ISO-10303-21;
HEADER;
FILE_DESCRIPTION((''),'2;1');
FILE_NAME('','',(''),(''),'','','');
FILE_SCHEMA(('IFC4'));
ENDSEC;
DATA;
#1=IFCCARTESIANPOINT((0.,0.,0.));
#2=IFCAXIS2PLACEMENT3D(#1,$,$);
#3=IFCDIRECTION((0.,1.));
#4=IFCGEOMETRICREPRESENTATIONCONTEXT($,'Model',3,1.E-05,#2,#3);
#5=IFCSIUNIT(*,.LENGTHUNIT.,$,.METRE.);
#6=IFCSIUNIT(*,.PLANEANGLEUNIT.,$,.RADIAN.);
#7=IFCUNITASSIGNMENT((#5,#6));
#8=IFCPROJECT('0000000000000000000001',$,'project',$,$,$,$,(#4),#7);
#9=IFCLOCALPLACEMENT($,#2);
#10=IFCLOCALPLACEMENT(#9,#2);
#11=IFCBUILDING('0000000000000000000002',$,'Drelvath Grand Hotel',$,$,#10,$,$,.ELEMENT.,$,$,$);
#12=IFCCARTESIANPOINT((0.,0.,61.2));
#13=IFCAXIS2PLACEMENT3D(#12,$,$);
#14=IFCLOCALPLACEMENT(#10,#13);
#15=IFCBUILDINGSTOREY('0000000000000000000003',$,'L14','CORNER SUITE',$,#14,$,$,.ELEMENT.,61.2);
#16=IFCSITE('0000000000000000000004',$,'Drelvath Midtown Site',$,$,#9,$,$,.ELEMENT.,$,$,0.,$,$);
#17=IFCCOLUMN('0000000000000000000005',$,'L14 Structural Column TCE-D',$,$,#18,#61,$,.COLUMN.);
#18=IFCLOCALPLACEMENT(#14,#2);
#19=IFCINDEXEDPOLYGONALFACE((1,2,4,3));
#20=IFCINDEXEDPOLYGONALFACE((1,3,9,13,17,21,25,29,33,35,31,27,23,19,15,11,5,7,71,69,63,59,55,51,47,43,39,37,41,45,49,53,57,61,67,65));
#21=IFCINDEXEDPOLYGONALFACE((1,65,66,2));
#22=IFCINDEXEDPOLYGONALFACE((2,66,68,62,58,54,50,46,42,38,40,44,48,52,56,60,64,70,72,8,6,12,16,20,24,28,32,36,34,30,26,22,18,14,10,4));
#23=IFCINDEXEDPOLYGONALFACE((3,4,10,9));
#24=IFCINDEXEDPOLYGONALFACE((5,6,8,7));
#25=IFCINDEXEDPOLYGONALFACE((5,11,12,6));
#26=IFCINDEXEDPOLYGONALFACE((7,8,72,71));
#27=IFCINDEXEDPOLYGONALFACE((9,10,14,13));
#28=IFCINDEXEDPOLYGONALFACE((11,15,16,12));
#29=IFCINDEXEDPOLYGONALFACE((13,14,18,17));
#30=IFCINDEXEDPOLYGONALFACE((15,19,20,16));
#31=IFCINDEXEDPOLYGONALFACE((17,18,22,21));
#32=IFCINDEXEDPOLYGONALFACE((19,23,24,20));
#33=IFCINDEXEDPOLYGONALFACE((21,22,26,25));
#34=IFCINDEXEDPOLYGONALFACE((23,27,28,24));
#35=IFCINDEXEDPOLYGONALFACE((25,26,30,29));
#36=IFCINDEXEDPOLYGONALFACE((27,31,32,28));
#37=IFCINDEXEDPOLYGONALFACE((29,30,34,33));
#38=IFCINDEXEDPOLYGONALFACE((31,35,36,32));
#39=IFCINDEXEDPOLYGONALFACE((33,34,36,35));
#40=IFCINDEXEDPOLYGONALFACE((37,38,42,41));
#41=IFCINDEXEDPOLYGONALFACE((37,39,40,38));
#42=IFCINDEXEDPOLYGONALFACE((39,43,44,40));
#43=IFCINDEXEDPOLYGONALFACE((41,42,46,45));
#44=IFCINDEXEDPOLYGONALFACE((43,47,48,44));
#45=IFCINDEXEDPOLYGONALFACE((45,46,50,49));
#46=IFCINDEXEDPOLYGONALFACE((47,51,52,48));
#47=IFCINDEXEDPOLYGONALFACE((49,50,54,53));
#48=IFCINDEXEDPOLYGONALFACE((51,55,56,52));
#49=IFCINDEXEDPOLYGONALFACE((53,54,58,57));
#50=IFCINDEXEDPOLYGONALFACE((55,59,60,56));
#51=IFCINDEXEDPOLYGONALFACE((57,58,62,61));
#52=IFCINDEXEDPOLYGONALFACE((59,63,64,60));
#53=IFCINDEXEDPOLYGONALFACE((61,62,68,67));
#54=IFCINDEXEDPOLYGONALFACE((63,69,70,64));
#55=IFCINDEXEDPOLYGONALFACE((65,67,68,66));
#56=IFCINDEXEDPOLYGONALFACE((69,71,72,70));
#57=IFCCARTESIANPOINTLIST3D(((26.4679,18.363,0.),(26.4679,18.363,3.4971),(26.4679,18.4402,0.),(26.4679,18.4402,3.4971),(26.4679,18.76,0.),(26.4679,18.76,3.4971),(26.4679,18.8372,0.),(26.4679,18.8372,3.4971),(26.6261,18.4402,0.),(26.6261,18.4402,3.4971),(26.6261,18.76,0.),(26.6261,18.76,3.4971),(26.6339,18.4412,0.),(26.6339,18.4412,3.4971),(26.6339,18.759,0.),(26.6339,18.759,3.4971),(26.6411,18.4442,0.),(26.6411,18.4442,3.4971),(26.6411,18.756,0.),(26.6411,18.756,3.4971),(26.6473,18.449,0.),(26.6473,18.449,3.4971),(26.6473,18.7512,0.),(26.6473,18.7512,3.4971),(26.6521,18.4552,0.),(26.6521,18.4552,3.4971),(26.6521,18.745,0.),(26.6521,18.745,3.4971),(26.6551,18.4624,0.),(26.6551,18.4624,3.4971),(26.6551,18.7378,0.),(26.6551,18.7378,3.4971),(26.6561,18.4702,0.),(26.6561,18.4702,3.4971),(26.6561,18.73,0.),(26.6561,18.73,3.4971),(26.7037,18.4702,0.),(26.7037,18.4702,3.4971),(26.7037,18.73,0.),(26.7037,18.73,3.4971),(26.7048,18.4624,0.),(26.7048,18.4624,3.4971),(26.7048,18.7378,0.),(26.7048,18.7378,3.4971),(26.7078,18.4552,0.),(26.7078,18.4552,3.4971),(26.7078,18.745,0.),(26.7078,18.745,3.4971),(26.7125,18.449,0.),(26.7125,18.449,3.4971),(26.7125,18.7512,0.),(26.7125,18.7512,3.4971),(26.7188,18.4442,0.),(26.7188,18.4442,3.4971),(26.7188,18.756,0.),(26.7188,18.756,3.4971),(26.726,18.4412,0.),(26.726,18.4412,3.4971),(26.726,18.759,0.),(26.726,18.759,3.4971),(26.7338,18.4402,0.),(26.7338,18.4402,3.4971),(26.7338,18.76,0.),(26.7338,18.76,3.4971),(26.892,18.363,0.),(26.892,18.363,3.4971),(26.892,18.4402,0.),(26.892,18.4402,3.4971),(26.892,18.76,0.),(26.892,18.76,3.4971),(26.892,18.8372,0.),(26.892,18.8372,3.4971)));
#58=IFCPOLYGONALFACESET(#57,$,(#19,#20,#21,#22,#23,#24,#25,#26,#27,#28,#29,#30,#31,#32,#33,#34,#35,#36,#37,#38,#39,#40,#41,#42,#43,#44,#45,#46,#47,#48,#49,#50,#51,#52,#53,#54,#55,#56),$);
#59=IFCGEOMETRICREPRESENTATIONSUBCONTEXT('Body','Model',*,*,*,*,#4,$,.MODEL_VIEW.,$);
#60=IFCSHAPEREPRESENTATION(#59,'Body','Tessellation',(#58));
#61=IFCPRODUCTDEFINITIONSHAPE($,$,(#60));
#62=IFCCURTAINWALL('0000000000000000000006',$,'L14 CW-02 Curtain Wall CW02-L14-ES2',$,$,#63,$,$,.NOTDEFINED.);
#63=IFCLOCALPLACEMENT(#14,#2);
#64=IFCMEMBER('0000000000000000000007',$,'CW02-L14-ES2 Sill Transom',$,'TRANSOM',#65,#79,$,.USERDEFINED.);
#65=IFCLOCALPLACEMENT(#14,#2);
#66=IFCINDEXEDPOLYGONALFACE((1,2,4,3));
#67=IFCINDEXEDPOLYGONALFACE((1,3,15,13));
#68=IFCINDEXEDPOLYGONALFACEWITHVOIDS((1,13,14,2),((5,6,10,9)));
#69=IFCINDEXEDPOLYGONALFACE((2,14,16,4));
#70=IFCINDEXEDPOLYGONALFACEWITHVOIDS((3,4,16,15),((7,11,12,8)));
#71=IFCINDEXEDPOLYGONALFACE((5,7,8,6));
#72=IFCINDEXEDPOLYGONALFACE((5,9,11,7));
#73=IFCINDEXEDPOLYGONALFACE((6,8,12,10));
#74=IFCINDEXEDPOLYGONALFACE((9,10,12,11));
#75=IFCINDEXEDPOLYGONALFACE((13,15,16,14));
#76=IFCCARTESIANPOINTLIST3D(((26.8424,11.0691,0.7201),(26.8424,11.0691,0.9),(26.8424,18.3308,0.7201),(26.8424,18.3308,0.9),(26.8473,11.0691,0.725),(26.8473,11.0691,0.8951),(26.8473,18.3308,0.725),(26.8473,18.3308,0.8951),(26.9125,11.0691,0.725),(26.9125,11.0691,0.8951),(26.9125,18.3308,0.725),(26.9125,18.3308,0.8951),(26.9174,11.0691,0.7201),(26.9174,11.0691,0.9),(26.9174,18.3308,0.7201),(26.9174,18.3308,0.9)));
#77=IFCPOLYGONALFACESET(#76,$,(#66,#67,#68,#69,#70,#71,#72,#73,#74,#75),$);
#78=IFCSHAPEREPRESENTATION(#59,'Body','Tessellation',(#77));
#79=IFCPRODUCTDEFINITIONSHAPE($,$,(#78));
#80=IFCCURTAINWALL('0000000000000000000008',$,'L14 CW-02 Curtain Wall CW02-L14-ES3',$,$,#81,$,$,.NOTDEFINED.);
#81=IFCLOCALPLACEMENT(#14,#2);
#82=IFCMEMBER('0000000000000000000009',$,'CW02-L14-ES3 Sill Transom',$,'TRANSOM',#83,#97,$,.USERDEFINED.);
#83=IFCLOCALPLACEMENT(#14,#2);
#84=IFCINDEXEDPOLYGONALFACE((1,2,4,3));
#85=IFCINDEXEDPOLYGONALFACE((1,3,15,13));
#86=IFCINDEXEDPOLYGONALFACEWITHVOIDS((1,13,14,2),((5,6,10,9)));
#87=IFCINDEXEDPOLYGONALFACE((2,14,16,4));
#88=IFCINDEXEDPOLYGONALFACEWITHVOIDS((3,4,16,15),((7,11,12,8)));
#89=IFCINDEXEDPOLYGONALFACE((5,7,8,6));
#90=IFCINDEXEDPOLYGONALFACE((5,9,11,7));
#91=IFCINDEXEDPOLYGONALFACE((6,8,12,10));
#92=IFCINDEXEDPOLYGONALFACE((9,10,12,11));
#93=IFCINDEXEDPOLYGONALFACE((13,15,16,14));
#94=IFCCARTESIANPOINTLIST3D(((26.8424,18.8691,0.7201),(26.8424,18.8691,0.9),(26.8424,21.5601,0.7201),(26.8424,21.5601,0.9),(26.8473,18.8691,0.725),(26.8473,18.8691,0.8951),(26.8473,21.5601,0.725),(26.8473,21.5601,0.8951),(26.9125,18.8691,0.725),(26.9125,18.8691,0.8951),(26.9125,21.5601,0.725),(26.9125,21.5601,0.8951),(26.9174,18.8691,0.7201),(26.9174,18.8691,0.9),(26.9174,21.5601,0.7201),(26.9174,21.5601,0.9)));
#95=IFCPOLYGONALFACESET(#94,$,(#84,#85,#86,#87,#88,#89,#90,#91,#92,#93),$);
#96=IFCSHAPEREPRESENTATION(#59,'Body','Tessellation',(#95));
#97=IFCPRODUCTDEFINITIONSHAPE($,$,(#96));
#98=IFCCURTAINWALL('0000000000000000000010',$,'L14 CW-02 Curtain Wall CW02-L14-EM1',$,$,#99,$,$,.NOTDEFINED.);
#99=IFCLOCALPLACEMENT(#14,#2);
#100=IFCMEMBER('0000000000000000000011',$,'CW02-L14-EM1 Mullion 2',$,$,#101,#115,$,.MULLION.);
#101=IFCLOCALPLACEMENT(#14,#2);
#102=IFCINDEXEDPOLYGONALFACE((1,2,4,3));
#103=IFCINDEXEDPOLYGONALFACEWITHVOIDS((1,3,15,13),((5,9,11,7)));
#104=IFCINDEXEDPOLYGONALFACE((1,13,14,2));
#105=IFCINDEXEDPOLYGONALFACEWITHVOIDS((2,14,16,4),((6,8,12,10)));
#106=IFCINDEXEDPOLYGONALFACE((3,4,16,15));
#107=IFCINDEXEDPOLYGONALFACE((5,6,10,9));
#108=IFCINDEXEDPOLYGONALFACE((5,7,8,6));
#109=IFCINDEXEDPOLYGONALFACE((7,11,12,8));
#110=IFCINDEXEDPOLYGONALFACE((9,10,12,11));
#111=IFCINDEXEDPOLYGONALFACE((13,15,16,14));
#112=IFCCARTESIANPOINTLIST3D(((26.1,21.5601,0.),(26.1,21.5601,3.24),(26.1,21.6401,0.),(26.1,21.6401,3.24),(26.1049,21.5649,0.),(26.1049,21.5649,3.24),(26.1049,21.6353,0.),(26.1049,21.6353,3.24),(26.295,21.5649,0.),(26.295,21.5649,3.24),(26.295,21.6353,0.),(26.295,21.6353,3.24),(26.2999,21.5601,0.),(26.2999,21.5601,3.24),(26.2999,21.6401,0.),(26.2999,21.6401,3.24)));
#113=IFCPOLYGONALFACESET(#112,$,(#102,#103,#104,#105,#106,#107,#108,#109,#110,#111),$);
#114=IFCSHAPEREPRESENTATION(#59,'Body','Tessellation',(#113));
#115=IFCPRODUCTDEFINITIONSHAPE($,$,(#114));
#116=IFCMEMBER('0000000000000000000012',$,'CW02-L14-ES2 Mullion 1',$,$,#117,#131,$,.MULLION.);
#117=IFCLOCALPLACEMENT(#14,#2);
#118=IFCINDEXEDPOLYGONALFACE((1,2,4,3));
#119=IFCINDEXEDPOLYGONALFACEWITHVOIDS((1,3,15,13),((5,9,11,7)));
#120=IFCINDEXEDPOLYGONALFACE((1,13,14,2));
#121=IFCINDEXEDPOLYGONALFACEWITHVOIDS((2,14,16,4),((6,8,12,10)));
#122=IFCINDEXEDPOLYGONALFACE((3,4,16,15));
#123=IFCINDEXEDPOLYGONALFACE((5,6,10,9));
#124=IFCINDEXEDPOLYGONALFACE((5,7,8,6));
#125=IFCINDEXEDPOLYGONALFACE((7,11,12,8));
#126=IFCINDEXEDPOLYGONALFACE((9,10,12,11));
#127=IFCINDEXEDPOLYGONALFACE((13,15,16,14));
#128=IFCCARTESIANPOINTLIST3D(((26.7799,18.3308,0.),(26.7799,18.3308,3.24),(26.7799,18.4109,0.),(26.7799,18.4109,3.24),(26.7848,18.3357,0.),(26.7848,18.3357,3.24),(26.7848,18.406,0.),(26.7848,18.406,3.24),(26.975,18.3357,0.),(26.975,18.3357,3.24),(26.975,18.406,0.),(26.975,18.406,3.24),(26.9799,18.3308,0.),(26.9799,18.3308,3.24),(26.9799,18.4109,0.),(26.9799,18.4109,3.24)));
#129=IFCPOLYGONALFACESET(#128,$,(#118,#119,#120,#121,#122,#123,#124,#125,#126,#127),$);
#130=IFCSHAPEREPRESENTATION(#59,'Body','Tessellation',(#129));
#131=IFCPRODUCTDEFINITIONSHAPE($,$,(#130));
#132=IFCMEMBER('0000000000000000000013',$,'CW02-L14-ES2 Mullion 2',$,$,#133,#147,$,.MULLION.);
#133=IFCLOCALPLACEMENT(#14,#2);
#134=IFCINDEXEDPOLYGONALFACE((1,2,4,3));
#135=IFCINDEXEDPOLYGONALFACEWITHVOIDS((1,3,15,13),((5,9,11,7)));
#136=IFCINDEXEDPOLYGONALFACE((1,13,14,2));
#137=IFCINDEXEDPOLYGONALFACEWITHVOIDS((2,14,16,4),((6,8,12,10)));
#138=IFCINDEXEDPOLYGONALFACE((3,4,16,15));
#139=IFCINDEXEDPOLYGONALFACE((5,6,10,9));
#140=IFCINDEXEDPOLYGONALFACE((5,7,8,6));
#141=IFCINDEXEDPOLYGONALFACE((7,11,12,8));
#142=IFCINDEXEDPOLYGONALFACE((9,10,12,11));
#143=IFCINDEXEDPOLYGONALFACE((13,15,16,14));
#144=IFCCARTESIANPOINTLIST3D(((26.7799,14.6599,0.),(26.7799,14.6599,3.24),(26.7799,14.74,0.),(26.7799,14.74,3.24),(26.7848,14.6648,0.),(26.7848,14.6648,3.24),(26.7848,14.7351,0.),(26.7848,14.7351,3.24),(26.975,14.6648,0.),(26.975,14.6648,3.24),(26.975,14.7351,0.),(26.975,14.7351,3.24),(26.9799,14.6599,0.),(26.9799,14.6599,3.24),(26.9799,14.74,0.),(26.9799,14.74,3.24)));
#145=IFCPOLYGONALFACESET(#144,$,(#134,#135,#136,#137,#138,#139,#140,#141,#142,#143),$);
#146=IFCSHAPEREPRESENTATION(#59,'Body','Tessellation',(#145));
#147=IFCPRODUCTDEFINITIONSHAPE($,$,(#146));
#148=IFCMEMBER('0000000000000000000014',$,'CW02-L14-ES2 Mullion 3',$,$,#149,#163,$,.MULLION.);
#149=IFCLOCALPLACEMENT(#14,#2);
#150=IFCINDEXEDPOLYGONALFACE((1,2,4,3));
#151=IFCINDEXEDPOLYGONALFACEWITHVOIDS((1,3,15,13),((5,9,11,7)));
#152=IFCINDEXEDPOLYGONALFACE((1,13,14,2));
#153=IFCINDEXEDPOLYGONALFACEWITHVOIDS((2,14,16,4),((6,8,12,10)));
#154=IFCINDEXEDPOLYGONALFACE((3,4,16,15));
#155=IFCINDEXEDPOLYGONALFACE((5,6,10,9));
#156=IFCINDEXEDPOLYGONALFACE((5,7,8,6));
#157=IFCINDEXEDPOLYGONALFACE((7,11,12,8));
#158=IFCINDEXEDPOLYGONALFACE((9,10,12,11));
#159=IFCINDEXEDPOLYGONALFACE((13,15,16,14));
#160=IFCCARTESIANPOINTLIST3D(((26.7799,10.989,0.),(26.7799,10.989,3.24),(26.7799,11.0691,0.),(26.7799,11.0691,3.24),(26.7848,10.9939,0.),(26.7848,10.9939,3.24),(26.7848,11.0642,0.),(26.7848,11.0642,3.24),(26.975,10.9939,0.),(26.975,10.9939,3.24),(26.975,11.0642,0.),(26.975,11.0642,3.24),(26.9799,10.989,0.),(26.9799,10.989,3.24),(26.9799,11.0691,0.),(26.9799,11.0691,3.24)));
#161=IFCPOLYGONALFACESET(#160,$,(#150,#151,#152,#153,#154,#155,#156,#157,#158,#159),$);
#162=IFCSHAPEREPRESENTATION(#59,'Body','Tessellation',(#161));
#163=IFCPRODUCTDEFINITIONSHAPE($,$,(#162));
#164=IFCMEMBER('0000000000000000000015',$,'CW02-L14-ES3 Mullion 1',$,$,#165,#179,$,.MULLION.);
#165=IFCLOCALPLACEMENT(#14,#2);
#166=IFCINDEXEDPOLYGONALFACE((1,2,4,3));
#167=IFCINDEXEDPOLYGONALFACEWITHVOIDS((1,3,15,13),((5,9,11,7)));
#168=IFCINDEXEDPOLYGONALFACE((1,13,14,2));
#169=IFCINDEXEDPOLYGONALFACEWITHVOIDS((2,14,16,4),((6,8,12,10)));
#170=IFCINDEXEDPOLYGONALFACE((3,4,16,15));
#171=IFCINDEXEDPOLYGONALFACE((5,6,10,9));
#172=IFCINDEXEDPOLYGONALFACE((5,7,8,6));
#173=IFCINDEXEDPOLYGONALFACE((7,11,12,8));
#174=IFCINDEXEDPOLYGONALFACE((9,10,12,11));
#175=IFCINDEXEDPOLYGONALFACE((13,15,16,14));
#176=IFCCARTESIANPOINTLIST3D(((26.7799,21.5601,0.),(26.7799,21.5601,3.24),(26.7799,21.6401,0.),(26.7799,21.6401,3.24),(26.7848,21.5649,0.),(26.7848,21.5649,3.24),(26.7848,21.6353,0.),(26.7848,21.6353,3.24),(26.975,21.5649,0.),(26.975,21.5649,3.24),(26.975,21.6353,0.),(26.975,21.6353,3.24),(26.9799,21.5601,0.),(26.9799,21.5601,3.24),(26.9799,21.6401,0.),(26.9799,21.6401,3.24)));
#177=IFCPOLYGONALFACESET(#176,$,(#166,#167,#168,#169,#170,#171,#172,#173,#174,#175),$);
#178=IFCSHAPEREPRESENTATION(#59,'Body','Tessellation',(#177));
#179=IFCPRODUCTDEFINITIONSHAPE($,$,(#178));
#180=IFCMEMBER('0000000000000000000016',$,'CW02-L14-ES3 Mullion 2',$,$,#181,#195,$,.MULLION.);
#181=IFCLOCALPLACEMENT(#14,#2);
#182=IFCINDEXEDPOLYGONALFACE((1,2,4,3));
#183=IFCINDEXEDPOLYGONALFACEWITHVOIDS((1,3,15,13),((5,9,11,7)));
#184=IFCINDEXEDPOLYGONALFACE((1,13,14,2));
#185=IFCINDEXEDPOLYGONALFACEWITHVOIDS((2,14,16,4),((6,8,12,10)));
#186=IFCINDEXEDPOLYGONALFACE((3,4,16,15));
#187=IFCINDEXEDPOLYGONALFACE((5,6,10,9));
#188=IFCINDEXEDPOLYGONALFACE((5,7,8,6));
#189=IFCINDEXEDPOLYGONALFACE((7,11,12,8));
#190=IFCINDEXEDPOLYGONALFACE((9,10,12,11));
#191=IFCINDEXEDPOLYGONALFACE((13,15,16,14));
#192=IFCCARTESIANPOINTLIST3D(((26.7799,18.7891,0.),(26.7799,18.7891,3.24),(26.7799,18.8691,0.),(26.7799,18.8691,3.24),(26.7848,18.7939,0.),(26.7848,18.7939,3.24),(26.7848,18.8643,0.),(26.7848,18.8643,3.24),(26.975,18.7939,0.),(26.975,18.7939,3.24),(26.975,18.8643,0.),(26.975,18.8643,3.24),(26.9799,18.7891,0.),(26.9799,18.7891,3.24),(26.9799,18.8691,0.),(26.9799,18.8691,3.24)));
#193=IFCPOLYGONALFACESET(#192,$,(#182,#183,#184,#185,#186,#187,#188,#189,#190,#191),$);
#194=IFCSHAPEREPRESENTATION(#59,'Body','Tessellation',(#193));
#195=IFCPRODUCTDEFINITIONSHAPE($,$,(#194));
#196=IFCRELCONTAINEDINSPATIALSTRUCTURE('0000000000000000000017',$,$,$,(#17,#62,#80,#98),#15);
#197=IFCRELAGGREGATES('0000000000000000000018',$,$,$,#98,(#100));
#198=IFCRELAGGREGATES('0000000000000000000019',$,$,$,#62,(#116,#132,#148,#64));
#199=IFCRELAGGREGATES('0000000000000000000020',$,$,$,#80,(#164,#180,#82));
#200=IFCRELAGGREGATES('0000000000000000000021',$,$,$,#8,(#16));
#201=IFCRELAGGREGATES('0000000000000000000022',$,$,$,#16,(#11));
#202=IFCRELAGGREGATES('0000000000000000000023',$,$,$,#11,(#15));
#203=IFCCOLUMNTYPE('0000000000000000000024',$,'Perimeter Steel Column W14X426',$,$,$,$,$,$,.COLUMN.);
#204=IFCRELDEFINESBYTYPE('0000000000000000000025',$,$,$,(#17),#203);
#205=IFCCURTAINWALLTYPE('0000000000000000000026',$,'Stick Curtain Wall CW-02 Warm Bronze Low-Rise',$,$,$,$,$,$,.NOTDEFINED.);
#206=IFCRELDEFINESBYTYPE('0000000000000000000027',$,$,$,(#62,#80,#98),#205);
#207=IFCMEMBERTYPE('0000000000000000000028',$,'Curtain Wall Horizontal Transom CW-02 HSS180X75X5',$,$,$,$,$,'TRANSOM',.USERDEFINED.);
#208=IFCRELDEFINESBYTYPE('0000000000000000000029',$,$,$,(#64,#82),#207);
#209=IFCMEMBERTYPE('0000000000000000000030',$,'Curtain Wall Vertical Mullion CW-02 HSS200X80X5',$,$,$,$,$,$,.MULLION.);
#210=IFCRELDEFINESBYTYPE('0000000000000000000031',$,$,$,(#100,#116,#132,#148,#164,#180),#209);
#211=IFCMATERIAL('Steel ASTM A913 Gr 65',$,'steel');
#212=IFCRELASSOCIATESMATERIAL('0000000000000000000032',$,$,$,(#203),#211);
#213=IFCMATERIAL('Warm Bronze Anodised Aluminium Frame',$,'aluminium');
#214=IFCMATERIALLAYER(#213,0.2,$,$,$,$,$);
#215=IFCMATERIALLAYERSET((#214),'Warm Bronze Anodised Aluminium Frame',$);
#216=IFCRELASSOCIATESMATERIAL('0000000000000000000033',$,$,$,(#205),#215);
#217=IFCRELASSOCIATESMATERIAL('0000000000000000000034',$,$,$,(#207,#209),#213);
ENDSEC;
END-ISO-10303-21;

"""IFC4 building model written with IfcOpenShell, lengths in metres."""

from ifc_helpers import new_model, si_unit, direction, frame, origin, origin_2d, place, context, subcontext, project, spatial, hollow_rectangle, i_section, extrude, material, layer, layer_set, material_profile, profile_set, type_object, element, aggregate, save


model = new_model("IFC4")

# Units and contexts
model_context = context("Model", 3, precision=1e-05, world=origin(), true_north=direction((0.0, 1.0)))
body_context = subcontext(model_context, "Body", "Model", "MODEL_VIEW")
ifc_project = project(units=[si_unit("LENGTHUNIT", "METRE"), si_unit("PLANEANGLEUNIT", "RADIAN")], contexts=[model_context])

# Site, building, storey
site_placement = place(None, origin())
site = spatial("IfcSite", under=ifc_project, at=site_placement, Name="Drelvath Midtown Site", CompositionType="ELEMENT", RefElevation=0.0)
building_placement = place(site_placement, origin())
building = spatial("IfcBuilding", under=site, at=building_placement, Name="Drelvath Grand Hotel", CompositionType="ELEMENT")
storey_placement = place(building_placement, frame((0.0, 0.0, 61.2)))
storey = spatial("IfcBuildingStorey", under=building, at=storey_placement, Name="L14", Description="CORNER SUITE", CompositionType="ELEMENT", Elevation=61.2)

# Column
ifc_material_1 = material(Name="Steel ASTM A913 Gr 65", Category="steel")
ifc_material_profile_1 = material_profile(ifc_material_1, i_section(OverallWidth=0.4241, OverallDepth=0.4741, WebThickness=0.0476, FlangeThickness=0.0771, FilletRadius=0.03, at=origin_2d()), Name="W14X426")
ifc_profile_set_1 = profile_set([ifc_material_profile_1], Name="Steel ASTM A913 Gr 65")
column_type = type_object("IfcColumnType", Name="Perimeter Steel Column W14X426", PredefinedType="COLUMN", material=ifc_profile_set_1)
column_placement = place(storey_placement, frame((26.6799, 18.6001, 0.0), z_axis=(0.0, 0.0, 1.0), x_axis=(1.0, 0.0, 0.0)))
element("IfcColumn", 1, at=column_placement, inside=storey, type_object=column_type, Name="L14 Structural Column TCE-D", PredefinedType="COLUMN", context=body_context, shape_type="SweptSolid", body=[
    extrude(i_section(OverallWidth=0.4241, OverallDepth=0.4741, WebThickness=0.0476, FlangeThickness=0.0771, FilletRadius=0.03, at=origin_2d()), origin(), (0.0, 0.0, 1.0), 3.4971),
])

# Curtain walls, members
ifc_material_2 = material(Name="Warm Bronze Anodised Aluminium Frame", Category="aluminium")
ifc_layer_1 = layer(ifc_material_2, 0.2)
ifc_layer_set_1 = layer_set([ifc_layer_1], Name="Warm Bronze Anodised Aluminium Frame")
curtain_wall_type = type_object("IfcCurtainWallType", Name="Stick Curtain Wall CW-02 Warm Bronze Low-Rise", PredefinedType="NOTDEFINED", material=ifc_layer_set_1)
curtain_wall_1_placement = place(storey_placement, origin())
curtain_wall_1 = element("IfcCurtainWall", 2, at=curtain_wall_1_placement, inside=storey, type_object=curtain_wall_type, Name="L14 CW-02 Curtain Wall CW02-L14-ES2", PredefinedType="NOTDEFINED")
ifc_material_profile_2 = material_profile(ifc_material_2, hollow_rectangle(XDim=0.075, YDim=0.1799, WallThickness=0.0049, at=origin_2d()), Name="HSS180X75X5")
ifc_profile_set_2 = profile_set([ifc_material_profile_2], Name="Warm Bronze Anodised Aluminium Frame")
member_type_1 = type_object("IfcMemberType", Name="Curtain Wall Horizontal Transom CW-02 HSS180X75X5", ElementType="TRANSOM", PredefinedType="USERDEFINED", material=ifc_profile_set_2)
member_1_placement = place(storey_placement, frame((26.8799, 18.3308, 0.8101), z_axis=(0.0, -1.0, 0.0), x_axis=(1.0, 0.0, 0.0)))
member_1 = element("IfcMember", 3, at=member_1_placement, type_object=member_type_1, Name="CW02-L14-ES2 Sill Transom", ObjectType="TRANSOM", PredefinedType="USERDEFINED", context=body_context, shape_type="SweptSolid", body=[
    extrude(hollow_rectangle(XDim=0.075, YDim=0.1799, WallThickness=0.0049, at=origin_2d()), origin(), (0.0, 0.0, 1.0), 7.2617),
])
curtain_wall_2_placement = place(storey_placement, origin())
curtain_wall_2 = element("IfcCurtainWall", 4, at=curtain_wall_2_placement, inside=storey, type_object=curtain_wall_type, Name="L14 CW-02 Curtain Wall CW02-L14-ES3", PredefinedType="NOTDEFINED")
member_2_placement = place(storey_placement, frame((26.8799, 21.5601, 0.8101), z_axis=(0.0, -1.0, 0.0), x_axis=(1.0, 0.0, 0.0)))
member_2 = element("IfcMember", 5, at=member_2_placement, type_object=member_type_1, Name="CW02-L14-ES3 Sill Transom", ObjectType="TRANSOM", PredefinedType="USERDEFINED", context=body_context, shape_type="SweptSolid", body=[
    extrude(hollow_rectangle(XDim=0.075, YDim=0.1799, WallThickness=0.0049, at=origin_2d()), origin(), (0.0, 0.0, 1.0), 2.6909),
])
curtain_wall_3_placement = place(storey_placement, origin())
curtain_wall_3 = element("IfcCurtainWall", 6, at=curtain_wall_3_placement, inside=storey, type_object=curtain_wall_type, Name="L14 CW-02 Curtain Wall CW02-L14-EM1", PredefinedType="NOTDEFINED")
ifc_material_profile_3 = material_profile(ifc_material_2, hollow_rectangle(XDim=0.0801, YDim=0.2, WallThickness=0.0049, at=origin_2d()), Name="HSS200X80X5")
ifc_profile_set_3 = profile_set([ifc_material_profile_3], Name="Warm Bronze Anodised Aluminium Frame")
member_type_2 = type_object("IfcMemberType", Name="Curtain Wall Vertical Mullion CW-02 HSS200X80X5", PredefinedType="MULLION", material=ifc_profile_set_3)
member_3_placement = place(storey_placement, frame((26.2, 21.6001, 0.0), z_axis=(0.0, 0.0, 1.0), x_axis=(0.0, 1.0, 0.0)))
member_3 = element("IfcMember", 7, at=member_3_placement, type_object=member_type_2, Name="CW02-L14-EM1 Mullion 2", PredefinedType="MULLION", context=body_context, shape_type="SweptSolid", body=[
    extrude(hollow_rectangle(XDim=0.0801, YDim=0.2, WallThickness=0.0049, at=origin_2d()), origin(), (0.0, 0.0, 1.0), 3.24),
])

# Members
member_4_placement = place(storey_placement, frame((26.8799, 18.3708, 0.0), z_axis=(0.0, 0.0, 1.0), x_axis=(0.0, 1.0, 0.0)))
member_4 = element("IfcMember", 8, at=member_4_placement, type_object=member_type_2, Name="CW02-L14-ES2 Mullion 1", PredefinedType="MULLION", context=body_context, shape_type="SweptSolid", body=[
    extrude(hollow_rectangle(XDim=0.0801, YDim=0.2, WallThickness=0.0049, at=origin_2d()), origin(), (0.0, 0.0, 1.0), 3.24),
])
member_5_placement = place(storey_placement, frame((26.8799, 14.7, 0.0), z_axis=(0.0, 0.0, 1.0), x_axis=(0.0, 1.0, 0.0)))
member_5 = element("IfcMember", 9, at=member_5_placement, type_object=member_type_2, Name="CW02-L14-ES2 Mullion 2", PredefinedType="MULLION", context=body_context, shape_type="SweptSolid", body=[
    extrude(hollow_rectangle(XDim=0.0801, YDim=0.2, WallThickness=0.0049, at=origin_2d()), origin(), (0.0, 0.0, 1.0), 3.24),
])
member_6_placement = place(storey_placement, frame((26.8799, 11.0291, 0.0), z_axis=(0.0, 0.0, 1.0), x_axis=(0.0, 1.0, 0.0)))
member_6 = element("IfcMember", 10, at=member_6_placement, type_object=member_type_2, Name="CW02-L14-ES2 Mullion 3", PredefinedType="MULLION", context=body_context, shape_type="SweptSolid", body=[
    extrude(hollow_rectangle(XDim=0.0801, YDim=0.2, WallThickness=0.0049, at=origin_2d()), origin(), (0.0, 0.0, 1.0), 3.24),
])
member_7_placement = place(storey_placement, frame((26.8799, 21.6001, 0.0), z_axis=(0.0, 0.0, 1.0), x_axis=(0.0, 1.0, 0.0)))
member_7 = element("IfcMember", 11, at=member_7_placement, type_object=member_type_2, Name="CW02-L14-ES3 Mullion 1", PredefinedType="MULLION", context=body_context, shape_type="SweptSolid", body=[
    extrude(hollow_rectangle(XDim=0.0801, YDim=0.2, WallThickness=0.0049, at=origin_2d()), origin(), (0.0, 0.0, 1.0), 3.24),
])
member_8_placement = place(storey_placement, frame((26.8799, 18.8291, 0.0), z_axis=(0.0, 0.0, 1.0), x_axis=(0.0, 1.0, 0.0)))
member_8 = element("IfcMember", 12, at=member_8_placement, type_object=member_type_2, Name="CW02-L14-ES3 Mullion 2", PredefinedType="MULLION", context=body_context, shape_type="SweptSolid", body=[
    extrude(hollow_rectangle(XDim=0.0801, YDim=0.2, WallThickness=0.0049, at=origin_2d()), origin(), (0.0, 0.0, 1.0), 3.24),
])

aggregate(curtain_wall_3, [member_3])
aggregate(curtain_wall_1, [member_4, member_5, member_6, member_1])
aggregate(curtain_wall_2, [member_7, member_8, member_2])

save(model, "model.ifc")
